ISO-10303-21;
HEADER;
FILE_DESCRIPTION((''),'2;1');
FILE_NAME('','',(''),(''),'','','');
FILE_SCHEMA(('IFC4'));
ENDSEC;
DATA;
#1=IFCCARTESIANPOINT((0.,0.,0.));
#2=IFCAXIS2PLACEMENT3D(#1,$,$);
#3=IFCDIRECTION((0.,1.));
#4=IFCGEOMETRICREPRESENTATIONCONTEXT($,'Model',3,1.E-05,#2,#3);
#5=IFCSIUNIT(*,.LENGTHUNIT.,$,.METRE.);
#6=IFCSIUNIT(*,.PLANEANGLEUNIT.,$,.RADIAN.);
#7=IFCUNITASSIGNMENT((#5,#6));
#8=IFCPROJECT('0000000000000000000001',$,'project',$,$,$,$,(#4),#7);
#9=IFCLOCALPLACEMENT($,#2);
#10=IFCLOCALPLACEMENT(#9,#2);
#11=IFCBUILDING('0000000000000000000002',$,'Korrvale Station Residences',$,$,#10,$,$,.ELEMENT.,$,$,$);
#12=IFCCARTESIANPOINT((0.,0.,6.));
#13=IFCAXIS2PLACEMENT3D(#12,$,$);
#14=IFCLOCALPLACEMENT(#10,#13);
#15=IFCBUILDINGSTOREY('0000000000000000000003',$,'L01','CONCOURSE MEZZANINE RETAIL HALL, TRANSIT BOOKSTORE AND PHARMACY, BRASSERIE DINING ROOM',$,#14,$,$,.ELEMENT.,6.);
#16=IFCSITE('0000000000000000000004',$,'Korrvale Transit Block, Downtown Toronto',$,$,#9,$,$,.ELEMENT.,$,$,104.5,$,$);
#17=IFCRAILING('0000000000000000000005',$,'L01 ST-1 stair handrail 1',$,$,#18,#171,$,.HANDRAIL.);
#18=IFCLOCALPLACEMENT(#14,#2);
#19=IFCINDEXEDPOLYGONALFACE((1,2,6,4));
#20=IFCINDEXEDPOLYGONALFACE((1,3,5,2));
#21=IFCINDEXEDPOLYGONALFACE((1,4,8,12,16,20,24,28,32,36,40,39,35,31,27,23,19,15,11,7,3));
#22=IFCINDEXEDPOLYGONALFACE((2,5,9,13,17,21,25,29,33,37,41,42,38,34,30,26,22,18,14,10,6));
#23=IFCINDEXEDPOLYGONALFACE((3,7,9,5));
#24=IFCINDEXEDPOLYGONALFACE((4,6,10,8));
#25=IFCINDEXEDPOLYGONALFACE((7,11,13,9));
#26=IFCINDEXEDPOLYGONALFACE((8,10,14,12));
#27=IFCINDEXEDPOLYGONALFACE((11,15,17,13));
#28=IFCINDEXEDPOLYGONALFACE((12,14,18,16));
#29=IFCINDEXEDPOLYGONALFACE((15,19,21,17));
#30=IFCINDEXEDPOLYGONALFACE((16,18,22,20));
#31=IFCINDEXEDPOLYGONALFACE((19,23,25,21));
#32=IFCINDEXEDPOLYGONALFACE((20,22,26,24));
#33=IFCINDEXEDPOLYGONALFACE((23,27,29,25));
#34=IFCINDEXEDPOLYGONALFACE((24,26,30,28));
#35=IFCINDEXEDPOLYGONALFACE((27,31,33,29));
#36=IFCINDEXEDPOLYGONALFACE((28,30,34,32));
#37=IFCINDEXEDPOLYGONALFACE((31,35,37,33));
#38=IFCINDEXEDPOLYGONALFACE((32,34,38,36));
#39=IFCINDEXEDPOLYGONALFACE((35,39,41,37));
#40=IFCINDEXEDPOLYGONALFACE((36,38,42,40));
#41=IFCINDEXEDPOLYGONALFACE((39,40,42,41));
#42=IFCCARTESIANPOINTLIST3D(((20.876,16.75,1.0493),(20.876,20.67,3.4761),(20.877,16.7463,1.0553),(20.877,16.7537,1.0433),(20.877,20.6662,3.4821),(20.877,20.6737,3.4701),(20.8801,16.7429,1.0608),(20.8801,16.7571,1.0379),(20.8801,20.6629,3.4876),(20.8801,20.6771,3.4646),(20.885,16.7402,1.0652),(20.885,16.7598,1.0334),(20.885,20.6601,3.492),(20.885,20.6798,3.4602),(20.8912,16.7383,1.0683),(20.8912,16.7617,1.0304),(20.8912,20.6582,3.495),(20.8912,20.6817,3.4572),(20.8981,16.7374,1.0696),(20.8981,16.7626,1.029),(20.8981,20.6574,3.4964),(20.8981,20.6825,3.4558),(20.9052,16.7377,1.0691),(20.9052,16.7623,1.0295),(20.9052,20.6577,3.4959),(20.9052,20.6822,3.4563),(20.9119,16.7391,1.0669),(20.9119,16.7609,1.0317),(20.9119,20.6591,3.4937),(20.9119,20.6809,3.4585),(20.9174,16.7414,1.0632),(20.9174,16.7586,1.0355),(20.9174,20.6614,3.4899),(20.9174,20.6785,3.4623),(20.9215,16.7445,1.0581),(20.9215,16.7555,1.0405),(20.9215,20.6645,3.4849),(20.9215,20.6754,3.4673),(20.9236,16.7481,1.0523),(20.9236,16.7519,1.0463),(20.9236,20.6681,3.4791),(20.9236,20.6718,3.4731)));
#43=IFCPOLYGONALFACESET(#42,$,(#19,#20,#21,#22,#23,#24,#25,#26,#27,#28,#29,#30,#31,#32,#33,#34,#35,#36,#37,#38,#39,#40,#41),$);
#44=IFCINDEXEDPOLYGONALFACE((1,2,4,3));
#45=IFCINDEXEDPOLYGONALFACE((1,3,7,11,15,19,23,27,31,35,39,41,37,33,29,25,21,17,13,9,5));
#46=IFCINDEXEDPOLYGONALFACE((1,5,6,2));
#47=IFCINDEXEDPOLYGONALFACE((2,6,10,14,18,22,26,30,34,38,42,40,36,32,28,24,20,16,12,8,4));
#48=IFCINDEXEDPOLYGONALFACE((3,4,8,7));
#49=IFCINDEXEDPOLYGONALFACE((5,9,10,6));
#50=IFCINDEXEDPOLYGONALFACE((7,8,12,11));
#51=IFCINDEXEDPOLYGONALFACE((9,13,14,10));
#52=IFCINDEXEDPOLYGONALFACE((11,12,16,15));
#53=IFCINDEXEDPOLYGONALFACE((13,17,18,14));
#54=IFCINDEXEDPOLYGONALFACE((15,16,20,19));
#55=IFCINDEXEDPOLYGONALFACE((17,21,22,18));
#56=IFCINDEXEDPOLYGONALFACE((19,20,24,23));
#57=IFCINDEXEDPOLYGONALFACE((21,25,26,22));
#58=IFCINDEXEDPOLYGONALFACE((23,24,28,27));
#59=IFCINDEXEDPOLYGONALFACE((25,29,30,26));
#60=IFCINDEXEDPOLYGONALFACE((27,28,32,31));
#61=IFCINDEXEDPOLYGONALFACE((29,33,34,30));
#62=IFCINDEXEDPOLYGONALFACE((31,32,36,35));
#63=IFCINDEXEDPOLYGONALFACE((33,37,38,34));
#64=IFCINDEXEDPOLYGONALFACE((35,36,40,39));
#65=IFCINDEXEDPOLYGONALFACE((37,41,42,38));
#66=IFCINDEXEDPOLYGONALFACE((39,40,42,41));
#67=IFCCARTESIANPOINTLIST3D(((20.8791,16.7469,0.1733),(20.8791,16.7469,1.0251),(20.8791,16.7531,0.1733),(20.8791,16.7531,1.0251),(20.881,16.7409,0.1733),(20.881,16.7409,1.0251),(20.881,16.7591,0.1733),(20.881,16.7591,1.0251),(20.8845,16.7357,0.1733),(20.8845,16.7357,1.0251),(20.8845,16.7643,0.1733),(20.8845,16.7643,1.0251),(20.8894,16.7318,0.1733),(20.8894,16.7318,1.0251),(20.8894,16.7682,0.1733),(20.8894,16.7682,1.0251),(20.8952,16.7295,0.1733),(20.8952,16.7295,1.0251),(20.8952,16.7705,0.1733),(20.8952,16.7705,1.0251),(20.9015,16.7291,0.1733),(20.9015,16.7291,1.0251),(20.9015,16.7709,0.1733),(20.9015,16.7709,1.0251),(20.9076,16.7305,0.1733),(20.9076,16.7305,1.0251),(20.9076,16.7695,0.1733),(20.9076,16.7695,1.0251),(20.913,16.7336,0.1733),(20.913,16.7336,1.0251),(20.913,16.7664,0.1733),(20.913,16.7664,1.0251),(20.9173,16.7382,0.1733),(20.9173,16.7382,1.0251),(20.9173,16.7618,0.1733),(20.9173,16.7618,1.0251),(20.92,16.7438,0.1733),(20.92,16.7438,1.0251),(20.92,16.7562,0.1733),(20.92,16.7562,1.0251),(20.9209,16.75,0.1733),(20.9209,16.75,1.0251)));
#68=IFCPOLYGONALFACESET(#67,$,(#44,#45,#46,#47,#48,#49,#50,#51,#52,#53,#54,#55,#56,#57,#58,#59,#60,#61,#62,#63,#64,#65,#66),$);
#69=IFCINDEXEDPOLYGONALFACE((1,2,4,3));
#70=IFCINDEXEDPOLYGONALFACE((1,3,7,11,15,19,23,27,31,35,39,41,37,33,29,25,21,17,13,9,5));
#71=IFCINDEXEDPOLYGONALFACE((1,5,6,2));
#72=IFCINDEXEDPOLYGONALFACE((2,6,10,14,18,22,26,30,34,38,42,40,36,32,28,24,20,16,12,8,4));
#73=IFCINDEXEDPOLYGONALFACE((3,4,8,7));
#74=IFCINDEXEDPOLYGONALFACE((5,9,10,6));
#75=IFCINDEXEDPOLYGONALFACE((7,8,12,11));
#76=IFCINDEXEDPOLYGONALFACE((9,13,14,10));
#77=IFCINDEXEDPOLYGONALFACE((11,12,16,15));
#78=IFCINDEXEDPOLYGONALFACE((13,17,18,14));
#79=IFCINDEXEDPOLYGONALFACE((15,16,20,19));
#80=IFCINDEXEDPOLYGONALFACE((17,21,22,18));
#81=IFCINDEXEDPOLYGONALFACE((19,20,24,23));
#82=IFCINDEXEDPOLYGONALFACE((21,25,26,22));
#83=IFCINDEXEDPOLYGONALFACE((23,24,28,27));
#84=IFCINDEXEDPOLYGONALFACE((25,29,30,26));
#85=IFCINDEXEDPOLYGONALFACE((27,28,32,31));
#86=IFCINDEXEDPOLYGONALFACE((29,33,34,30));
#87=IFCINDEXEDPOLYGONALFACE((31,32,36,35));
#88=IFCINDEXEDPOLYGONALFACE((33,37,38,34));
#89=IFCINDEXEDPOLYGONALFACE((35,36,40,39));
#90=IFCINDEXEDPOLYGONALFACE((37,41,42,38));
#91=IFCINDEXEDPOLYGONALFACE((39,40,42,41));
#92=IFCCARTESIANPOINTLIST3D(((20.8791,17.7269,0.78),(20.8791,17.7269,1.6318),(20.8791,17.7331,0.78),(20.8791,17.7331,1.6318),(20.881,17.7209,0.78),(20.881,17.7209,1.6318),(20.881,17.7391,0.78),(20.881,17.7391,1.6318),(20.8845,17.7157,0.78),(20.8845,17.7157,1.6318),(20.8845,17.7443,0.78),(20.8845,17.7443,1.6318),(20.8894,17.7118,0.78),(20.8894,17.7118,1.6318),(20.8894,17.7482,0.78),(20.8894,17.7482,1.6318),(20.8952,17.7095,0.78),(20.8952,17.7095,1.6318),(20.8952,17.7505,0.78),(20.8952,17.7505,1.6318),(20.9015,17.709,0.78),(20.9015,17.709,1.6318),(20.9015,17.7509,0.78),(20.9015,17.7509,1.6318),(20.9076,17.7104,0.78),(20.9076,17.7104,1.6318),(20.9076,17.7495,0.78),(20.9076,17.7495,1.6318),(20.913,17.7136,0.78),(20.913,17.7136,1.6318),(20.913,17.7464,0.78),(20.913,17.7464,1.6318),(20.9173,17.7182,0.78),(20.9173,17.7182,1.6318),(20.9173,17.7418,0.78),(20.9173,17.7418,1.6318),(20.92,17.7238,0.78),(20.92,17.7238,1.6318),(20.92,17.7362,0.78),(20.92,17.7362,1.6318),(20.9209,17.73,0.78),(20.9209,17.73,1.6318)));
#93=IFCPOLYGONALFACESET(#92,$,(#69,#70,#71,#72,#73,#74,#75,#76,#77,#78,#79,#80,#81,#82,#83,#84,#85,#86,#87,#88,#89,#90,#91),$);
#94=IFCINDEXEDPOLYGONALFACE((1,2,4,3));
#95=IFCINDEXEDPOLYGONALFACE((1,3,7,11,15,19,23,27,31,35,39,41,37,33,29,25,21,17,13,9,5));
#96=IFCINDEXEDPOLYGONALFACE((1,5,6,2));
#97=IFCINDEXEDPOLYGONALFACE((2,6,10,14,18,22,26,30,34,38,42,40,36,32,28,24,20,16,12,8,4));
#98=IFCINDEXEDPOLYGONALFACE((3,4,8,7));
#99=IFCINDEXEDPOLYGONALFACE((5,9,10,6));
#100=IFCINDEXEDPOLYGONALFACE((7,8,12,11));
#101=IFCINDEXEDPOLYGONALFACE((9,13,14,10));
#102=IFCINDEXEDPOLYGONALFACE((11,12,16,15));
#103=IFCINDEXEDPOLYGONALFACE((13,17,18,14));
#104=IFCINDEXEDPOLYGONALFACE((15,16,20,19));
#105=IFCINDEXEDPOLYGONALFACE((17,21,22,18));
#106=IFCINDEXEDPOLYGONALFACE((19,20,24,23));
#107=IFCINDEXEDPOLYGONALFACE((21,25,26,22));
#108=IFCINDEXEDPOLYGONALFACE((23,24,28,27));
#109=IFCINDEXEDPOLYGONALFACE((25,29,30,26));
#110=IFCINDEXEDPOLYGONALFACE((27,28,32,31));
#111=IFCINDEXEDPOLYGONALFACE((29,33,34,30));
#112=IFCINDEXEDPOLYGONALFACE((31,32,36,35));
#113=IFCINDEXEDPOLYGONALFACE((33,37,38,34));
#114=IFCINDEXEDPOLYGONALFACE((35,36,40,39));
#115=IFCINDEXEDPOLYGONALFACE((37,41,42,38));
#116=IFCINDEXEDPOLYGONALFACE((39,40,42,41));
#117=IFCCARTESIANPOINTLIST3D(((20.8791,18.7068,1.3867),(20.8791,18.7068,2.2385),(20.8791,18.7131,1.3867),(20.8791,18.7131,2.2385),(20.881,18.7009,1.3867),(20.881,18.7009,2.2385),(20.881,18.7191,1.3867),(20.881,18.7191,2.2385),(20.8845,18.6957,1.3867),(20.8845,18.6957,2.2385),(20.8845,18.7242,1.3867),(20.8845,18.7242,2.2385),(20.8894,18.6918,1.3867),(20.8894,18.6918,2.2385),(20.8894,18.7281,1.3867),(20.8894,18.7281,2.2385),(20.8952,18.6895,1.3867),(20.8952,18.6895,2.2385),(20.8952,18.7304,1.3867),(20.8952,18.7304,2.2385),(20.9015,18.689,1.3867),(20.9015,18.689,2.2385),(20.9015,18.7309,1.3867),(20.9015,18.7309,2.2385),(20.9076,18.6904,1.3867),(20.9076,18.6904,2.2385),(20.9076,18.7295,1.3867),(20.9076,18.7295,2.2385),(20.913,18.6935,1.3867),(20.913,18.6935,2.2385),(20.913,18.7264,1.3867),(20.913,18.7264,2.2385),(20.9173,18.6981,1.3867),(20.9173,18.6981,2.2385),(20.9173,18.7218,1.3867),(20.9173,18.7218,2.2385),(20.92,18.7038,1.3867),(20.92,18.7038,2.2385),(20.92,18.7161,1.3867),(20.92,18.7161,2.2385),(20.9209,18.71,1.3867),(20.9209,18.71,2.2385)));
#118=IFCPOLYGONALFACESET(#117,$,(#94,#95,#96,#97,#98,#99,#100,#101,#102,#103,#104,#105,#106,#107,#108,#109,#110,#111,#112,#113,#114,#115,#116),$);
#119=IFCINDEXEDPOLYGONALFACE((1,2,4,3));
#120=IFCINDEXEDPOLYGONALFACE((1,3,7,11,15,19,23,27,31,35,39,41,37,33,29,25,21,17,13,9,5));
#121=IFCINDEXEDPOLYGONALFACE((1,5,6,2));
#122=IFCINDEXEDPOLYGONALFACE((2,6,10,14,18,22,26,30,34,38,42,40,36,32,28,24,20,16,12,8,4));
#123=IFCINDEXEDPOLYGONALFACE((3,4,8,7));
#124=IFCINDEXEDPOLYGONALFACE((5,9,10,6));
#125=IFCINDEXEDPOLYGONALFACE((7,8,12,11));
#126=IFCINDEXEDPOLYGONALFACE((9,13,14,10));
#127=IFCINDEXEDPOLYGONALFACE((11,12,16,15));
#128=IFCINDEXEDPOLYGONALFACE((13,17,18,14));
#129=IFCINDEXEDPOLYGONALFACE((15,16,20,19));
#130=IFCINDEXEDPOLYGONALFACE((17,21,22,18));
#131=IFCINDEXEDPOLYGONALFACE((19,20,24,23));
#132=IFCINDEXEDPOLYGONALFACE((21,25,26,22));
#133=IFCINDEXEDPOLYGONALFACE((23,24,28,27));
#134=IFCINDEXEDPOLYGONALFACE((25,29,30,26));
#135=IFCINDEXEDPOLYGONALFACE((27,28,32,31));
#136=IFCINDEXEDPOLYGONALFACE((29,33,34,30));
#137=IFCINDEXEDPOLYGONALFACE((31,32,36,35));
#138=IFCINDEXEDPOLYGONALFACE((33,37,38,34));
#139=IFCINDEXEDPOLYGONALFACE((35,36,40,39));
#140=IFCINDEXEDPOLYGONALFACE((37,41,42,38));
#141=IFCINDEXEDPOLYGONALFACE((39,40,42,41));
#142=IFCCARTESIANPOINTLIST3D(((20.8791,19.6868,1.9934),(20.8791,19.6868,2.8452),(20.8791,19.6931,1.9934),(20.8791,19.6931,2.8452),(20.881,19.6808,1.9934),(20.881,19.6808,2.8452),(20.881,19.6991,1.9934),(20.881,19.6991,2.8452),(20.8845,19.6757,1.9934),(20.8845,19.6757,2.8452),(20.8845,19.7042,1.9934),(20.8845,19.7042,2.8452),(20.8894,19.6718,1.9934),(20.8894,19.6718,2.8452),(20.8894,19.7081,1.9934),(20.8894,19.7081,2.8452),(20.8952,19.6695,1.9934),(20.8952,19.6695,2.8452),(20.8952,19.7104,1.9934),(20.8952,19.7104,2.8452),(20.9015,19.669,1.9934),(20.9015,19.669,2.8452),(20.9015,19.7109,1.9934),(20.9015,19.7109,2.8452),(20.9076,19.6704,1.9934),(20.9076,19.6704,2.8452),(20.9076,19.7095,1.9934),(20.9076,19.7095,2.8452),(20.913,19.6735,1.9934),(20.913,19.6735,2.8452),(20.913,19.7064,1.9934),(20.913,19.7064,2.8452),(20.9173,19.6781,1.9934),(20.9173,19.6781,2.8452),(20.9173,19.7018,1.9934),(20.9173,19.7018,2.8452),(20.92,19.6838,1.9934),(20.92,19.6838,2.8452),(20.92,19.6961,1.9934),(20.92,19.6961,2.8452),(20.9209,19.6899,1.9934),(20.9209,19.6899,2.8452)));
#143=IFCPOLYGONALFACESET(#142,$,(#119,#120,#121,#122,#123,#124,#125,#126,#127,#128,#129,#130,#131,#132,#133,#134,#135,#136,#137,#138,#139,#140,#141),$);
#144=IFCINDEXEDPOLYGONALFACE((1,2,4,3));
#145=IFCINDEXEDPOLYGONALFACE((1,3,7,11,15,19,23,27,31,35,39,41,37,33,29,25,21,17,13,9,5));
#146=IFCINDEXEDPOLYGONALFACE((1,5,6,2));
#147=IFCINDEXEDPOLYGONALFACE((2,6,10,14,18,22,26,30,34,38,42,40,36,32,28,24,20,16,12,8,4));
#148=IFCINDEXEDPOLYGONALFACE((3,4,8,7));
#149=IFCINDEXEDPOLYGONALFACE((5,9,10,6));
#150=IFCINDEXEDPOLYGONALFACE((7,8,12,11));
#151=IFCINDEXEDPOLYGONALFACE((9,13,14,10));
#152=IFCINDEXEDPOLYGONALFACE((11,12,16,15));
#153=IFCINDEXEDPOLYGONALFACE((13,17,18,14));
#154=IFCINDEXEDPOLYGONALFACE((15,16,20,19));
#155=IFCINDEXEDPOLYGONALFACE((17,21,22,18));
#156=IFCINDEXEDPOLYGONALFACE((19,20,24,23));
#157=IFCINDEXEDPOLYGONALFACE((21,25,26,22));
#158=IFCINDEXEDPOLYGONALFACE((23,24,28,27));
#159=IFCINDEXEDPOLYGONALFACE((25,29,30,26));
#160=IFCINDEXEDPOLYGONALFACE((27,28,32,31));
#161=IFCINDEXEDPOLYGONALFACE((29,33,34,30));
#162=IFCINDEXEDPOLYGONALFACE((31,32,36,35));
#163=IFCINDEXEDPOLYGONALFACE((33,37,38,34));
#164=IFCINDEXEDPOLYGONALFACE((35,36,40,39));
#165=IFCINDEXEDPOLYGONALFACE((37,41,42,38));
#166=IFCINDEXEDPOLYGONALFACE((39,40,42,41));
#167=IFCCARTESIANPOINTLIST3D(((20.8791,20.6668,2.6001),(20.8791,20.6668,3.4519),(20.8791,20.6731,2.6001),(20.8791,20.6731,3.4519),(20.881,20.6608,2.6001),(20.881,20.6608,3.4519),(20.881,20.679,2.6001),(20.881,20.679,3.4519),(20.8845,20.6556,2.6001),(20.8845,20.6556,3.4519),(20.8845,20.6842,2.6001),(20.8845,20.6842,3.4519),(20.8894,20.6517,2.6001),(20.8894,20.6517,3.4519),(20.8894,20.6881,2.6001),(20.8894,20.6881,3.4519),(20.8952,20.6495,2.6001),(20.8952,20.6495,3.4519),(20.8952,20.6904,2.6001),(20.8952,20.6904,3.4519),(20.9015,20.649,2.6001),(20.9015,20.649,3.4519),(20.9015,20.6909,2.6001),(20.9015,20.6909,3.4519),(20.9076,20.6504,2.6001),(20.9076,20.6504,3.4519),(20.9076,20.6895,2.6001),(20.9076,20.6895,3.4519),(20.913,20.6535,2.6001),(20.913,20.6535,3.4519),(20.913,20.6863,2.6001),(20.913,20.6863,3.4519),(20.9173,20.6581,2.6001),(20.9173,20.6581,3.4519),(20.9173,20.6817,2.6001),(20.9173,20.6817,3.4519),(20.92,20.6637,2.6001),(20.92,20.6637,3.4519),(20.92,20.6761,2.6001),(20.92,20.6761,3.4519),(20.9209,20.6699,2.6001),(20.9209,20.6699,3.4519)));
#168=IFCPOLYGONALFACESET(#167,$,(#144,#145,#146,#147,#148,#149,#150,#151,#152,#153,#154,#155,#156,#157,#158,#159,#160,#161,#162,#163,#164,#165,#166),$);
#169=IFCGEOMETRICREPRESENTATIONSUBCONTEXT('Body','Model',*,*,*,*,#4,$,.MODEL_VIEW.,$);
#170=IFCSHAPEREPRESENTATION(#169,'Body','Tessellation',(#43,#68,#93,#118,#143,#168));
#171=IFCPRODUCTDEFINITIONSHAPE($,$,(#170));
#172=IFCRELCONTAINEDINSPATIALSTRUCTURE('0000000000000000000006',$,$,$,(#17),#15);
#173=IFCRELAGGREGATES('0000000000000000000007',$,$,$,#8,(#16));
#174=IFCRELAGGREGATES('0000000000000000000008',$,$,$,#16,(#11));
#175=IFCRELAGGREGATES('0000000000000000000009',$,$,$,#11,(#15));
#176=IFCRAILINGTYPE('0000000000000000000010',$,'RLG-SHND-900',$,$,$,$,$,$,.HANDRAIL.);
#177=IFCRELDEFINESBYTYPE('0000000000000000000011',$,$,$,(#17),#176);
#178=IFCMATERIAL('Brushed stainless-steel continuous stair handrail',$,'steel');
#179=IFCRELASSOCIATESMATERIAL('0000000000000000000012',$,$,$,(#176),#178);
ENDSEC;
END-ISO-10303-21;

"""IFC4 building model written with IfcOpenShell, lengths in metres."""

from ifc_helpers import new_model, si_unit, direction, frame, origin, origin_2d, place, context, subcontext, project, spatial, circle, extrude, material, type_object, element, save


model = new_model("IFC4")

# Units and contexts
model_context = context("Model", 3, precision=1e-05, world=origin(), true_north=direction((0.0, 1.0)))
body_context = subcontext(model_context, "Body", "Model", "MODEL_VIEW")
ifc_project = project(units=[si_unit("LENGTHUNIT", "METRE"), si_unit("PLANEANGLEUNIT", "RADIAN")], contexts=[model_context])

# Site, building, storey
site_placement = place(None, origin())
site = spatial("IfcSite", under=ifc_project, at=site_placement, Name="Korrvale Transit Block, Downtown Toronto", CompositionType="ELEMENT", RefElevation=104.5)
building_placement = place(site_placement, origin())
building = spatial("IfcBuilding", under=site, at=building_placement, Name="Korrvale Station Residences", CompositionType="ELEMENT")
storey_placement = place(building_placement, frame((0.0, 0.0, 6.0)))
storey = spatial("IfcBuildingStorey", under=building, at=storey_placement, Name="L01", Description="CONCOURSE MEZZANINE RETAIL HALL, TRANSIT BOOKSTORE AND PHARMACY, BRASSERIE DINING ROOM", CompositionType="ELEMENT", Elevation=6.0)

# Railing
ifc_material_1 = material(Name="Brushed stainless-steel continuous stair handrail", Category="steel")
railing_type = type_object("IfcRailingType", Name="RLG-SHND-900", PredefinedType="HANDRAIL", material=ifc_material_1)
railing_placement = place(storey_placement, frame((20.8999, 16.75, 0.1733)))
element("IfcRailing", 1, at=railing_placement, inside=storey, type_object=railing_type, Name="L01 ST-1 stair handrail 1", PredefinedType="HANDRAIL", context=body_context, shape_type="SweptSolid", body=[
    extrude(circle(Radius=0.0239, at=origin_2d()), frame((0.0, 0.0, 0.876), z_axis=(0.0, 0.850252, 0.526376), x_axis=(-1.0, 0.0, 0.0)), (0.0, 0.0, 1.0), 4.6104),
    extrude(circle(Radius=0.021, at=origin_2d()), origin(), (0.0, 0.0, 1.0), 0.8518),
    extrude(circle(Radius=0.021, at=origin_2d()), frame((0.0, 0.98, 0.6067)), (0.0, 0.0, 1.0), 0.8518),
    extrude(circle(Radius=0.021, at=origin_2d()), frame((0.0, 1.96, 1.2134)), (0.0, 0.0, 1.0), 0.8518),
    extrude(circle(Radius=0.021, at=origin_2d()), frame((0.0, 2.9399, 1.8201)), (0.0, 0.0, 1.0), 0.8518),
    extrude(circle(Radius=0.021, at=origin_2d()), frame((0.0, 3.9199, 2.4268)), (0.0, 0.0, 1.0), 0.8518),
])

save(model, "model.ifc")
